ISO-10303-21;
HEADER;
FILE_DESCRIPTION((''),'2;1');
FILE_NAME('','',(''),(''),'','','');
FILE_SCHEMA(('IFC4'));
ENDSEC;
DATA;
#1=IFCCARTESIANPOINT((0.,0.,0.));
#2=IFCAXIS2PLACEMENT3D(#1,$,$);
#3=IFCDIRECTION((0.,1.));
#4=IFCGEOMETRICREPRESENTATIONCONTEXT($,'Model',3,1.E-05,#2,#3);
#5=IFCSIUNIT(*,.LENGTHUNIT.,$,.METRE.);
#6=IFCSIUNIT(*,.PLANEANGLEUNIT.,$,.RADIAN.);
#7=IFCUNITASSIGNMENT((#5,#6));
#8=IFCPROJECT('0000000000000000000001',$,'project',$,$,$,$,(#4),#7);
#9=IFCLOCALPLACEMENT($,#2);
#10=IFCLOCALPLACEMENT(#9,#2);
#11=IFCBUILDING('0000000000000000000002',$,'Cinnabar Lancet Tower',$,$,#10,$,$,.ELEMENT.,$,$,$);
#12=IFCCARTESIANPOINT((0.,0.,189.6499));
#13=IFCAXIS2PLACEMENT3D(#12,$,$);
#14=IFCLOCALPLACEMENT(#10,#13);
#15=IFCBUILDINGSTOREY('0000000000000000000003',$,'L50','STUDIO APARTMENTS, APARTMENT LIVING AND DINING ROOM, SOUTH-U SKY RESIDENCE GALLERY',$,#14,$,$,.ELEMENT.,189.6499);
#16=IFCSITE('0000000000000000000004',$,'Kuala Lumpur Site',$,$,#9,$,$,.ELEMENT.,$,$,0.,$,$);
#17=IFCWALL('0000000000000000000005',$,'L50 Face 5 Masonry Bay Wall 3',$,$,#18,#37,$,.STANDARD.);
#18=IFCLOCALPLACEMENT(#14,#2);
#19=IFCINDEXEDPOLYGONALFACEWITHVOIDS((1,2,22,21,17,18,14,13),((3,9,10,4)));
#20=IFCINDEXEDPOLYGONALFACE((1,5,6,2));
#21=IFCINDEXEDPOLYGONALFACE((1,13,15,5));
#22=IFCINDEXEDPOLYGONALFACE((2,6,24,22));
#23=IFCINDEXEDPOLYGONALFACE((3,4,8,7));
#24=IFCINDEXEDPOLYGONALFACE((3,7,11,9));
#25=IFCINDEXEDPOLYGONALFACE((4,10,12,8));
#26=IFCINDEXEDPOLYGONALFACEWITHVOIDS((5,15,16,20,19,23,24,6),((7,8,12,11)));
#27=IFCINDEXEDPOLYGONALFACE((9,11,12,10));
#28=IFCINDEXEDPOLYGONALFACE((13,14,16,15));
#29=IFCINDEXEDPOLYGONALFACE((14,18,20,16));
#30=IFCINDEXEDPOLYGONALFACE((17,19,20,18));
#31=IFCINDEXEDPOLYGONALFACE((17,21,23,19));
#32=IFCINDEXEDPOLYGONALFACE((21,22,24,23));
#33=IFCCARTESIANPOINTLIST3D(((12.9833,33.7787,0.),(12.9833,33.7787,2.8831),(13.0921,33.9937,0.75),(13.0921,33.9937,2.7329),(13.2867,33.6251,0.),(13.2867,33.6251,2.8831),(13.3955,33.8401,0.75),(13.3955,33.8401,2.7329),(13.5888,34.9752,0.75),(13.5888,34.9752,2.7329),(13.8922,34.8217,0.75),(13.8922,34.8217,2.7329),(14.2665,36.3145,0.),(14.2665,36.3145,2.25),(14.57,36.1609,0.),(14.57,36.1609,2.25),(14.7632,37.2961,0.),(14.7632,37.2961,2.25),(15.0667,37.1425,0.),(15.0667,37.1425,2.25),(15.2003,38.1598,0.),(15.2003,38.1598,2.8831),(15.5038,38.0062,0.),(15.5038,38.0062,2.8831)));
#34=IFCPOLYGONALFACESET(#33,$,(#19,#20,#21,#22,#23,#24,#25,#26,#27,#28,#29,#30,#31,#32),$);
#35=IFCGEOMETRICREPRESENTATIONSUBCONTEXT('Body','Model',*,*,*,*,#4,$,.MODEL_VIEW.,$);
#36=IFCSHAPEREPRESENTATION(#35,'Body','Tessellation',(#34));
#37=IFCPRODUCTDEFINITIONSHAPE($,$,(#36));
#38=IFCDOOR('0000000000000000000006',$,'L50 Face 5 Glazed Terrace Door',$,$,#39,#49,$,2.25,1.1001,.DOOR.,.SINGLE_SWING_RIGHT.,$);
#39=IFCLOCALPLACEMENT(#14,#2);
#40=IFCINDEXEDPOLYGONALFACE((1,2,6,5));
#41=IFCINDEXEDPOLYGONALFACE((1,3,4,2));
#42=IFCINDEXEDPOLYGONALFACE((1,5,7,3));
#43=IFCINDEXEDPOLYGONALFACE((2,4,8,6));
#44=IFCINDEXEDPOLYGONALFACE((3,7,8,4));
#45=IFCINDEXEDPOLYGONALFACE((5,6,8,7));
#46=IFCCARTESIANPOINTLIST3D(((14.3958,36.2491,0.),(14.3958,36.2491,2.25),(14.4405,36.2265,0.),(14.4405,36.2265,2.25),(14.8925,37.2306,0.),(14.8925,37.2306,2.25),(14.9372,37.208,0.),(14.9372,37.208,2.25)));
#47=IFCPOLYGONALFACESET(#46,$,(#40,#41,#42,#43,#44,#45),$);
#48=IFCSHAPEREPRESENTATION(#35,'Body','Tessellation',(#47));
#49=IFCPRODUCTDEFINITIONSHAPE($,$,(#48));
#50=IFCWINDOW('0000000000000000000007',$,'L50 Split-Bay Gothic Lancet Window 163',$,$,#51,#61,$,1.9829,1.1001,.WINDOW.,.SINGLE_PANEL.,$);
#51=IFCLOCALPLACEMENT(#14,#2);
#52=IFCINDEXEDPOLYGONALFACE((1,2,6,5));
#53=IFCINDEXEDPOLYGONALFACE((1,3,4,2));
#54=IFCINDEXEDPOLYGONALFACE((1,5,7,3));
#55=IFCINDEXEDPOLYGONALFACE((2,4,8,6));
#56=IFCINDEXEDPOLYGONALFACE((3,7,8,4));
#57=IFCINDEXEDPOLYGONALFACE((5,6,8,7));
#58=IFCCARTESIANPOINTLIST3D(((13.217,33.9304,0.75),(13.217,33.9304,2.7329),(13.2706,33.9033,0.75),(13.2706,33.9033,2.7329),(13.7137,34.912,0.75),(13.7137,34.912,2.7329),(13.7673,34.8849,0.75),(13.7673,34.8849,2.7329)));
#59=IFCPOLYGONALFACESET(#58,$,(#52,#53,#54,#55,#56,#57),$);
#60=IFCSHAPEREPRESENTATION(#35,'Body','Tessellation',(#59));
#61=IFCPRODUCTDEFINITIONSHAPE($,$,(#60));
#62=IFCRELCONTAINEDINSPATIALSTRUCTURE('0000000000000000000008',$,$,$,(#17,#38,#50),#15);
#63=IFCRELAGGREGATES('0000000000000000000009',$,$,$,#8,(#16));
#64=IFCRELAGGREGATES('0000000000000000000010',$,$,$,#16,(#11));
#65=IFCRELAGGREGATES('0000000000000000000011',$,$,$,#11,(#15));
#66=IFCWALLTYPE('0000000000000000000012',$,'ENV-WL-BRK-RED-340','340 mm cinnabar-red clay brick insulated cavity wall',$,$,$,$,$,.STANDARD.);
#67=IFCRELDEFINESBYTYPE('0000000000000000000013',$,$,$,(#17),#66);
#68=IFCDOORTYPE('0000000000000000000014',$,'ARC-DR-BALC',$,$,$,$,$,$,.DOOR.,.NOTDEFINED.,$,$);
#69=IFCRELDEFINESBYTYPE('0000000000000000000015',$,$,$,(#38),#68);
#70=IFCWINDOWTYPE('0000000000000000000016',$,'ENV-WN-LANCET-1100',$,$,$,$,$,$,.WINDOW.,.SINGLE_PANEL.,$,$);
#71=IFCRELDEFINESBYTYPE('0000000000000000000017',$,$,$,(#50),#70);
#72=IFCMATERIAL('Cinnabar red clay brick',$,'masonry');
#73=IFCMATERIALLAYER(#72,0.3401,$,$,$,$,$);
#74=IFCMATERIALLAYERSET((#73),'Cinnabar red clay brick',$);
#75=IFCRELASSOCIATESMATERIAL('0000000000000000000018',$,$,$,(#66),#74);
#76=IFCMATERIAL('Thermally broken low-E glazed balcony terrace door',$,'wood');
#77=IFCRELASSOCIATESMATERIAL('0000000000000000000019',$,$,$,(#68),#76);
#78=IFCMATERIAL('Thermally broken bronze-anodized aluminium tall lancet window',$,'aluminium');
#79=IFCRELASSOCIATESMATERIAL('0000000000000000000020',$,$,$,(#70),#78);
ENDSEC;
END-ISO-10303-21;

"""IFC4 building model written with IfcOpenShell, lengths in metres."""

from ifc_helpers import new_model, si_unit, direction, frame, frame_2d, origin, place, context, subcontext, project, spatial, rectangle, extrude, material, layer, layer_set, type_object, element, fill, save


model = new_model("IFC4")

# Units and contexts
model_context = context("Model", 3, precision=1e-05, world=origin(), true_north=direction((0.0, 1.0)))
body_context = subcontext(model_context, "Body", "Model", "MODEL_VIEW")
ifc_project = project(units=[si_unit("LENGTHUNIT", "METRE"), si_unit("PLANEANGLEUNIT", "RADIAN")], contexts=[model_context])

# Site, building, storey
site_placement = place(None, origin())
site = spatial("IfcSite", under=ifc_project, at=site_placement, Name="Kuala Lumpur Site", CompositionType="ELEMENT", RefElevation=0.0)
building_placement = place(site_placement, origin())
building = spatial("IfcBuilding", under=site, at=building_placement, Name="Cinnabar Lancet Tower", CompositionType="ELEMENT")
storey_placement = place(building_placement, frame((0.0, 0.0, 189.6499)))
storey = spatial("IfcBuildingStorey", under=building, at=storey_placement, Name="L50", Description="STUDIO APARTMENTS, APARTMENT LIVING AND DINING ROOM, SOUTH-U SKY RESIDENCE GALLERY", CompositionType="ELEMENT", Elevation=189.6499)

# Shared definitions
ifc_material_1 = material(Name="Cinnabar red clay brick", Category="masonry")
ifc_layer_1 = layer(ifc_material_1, 0.3401)
ifc_layer_set_1 = layer_set([ifc_layer_1], Name="Cinnabar red clay brick")
wall_type_1 = type_object("IfcWallType", Name="ENV-WL-BRK-RED-340", Description="340 mm cinnabar-red clay brick insulated cavity wall", PredefinedType="STANDARD", material=ifc_layer_set_1)

# Wall, openings, door, window
wall_1_placement = place(storey_placement, frame((15.3521, 38.083, 0.0), z_axis=(0.0, 0.0, 1.0), x_axis=(-0.451524, -0.892259, 0.0)))
wall_1 = element("IfcWall", 1, at=wall_1_placement, inside=storey, type_object=wall_type_1, Name="L50 Face 5 Masonry Bay Wall 3", PredefinedType="STANDARD", context=body_context, shape_type="SweptSolid", body=[
    extrude(rectangle(XDim=4.9102, YDim=0.3401, at=frame_2d((2.4551, 0.0))), origin(), (0.0, 0.0, 1.0), 2.8831),
])
opening_1_placement = place(wall_1_placement, frame((0.968, 0.0, 0.0)))
opening_1 = element("IfcOpeningElement", 2, at=opening_1_placement, cuts=wall_1, PredefinedType="OPENING", context=body_context, shape_type="SweptSolid", body=[
    extrude(rectangle(XDim=1.1001, YDim=2.25, at=frame_2d((0.55, 1.125))), frame((0.0, 0.1799, 0.0), z_axis=(0.0, -1.0, 0.0), x_axis=(1.0, 0.0, 0.0)), (0.0, 0.0, 1.0), 0.3601),
])
opening_2_placement = place(wall_1_placement, frame((3.5691, 0.0, 0.75)))
opening_2 = element("IfcOpeningElement", 3, at=opening_2_placement, cuts=wall_1, PredefinedType="OPENING", context=body_context, shape_type="SweptSolid", body=[
    extrude(rectangle(XDim=1.1001, YDim=1.9829, at=frame_2d((0.55, 0.9915))), frame((0.0, 0.1799, 0.0), z_axis=(0.0, -1.0, 0.0), x_axis=(1.0, 0.0, 0.0)), (0.0, 0.0, 1.0), 0.3601),
])
ifc_material_2 = material(Name="Thermally broken low-E glazed balcony terrace door", Category="wood")
door_type_1 = type_object("IfcDoorType", Name="ARC-DR-BALC", OperationType="NOTDEFINED", PredefinedType="DOOR", material=ifc_material_2)
door_1_placement = place(opening_1_placement, origin())
door_1 = element("IfcDoor", 4, at=door_1_placement, inside=storey, type_object=door_type_1, Name="L50 Face 5 Glazed Terrace Door", OperationType="SINGLE_SWING_RIGHT", OverallHeight=2.25, OverallWidth=1.1001, PredefinedType="DOOR", context=body_context, shape_type="SweptSolid", body=[
    extrude(rectangle(XDim=1.1001, YDim=2.25, at=frame_2d((0.55, 1.125))), frame((0.0, 0.0249, 0.0), z_axis=(0.0, -1.0, 0.0), x_axis=(1.0, 0.0, 0.0)), (0.0, 0.0, 1.0), 0.05),
])
fill(opening_1, door_1)
ifc_material_3 = material(Name="Thermally broken bronze-anodized aluminium tall lancet window", Category="aluminium")
window_type_1 = type_object("IfcWindowType", Name="ENV-WN-LANCET-1100", PartitioningType="SINGLE_PANEL", PredefinedType="WINDOW", material=ifc_material_3)
window_1_placement = place(opening_2_placement, origin())
window_1 = element("IfcWindow", 5, at=window_1_placement, inside=storey, type_object=window_type_1, Name="L50 Split-Bay Gothic Lancet Window 163", OverallHeight=1.9829, OverallWidth=1.1001, PartitioningType="SINGLE_PANEL", PredefinedType="WINDOW", context=body_context, shape_type="SweptSolid", body=[
    extrude(rectangle(XDim=1.1001, YDim=1.9829, at=frame_2d((0.55, 0.9915))), frame((0.0, 0.03, 0.0), z_axis=(0.0, -1.0, 0.0), x_axis=(1.0, 0.0, 0.0)), (0.0, 0.0, 1.0), 0.0601),
])
fill(opening_2, window_1)

save(model, "model.ifc")
